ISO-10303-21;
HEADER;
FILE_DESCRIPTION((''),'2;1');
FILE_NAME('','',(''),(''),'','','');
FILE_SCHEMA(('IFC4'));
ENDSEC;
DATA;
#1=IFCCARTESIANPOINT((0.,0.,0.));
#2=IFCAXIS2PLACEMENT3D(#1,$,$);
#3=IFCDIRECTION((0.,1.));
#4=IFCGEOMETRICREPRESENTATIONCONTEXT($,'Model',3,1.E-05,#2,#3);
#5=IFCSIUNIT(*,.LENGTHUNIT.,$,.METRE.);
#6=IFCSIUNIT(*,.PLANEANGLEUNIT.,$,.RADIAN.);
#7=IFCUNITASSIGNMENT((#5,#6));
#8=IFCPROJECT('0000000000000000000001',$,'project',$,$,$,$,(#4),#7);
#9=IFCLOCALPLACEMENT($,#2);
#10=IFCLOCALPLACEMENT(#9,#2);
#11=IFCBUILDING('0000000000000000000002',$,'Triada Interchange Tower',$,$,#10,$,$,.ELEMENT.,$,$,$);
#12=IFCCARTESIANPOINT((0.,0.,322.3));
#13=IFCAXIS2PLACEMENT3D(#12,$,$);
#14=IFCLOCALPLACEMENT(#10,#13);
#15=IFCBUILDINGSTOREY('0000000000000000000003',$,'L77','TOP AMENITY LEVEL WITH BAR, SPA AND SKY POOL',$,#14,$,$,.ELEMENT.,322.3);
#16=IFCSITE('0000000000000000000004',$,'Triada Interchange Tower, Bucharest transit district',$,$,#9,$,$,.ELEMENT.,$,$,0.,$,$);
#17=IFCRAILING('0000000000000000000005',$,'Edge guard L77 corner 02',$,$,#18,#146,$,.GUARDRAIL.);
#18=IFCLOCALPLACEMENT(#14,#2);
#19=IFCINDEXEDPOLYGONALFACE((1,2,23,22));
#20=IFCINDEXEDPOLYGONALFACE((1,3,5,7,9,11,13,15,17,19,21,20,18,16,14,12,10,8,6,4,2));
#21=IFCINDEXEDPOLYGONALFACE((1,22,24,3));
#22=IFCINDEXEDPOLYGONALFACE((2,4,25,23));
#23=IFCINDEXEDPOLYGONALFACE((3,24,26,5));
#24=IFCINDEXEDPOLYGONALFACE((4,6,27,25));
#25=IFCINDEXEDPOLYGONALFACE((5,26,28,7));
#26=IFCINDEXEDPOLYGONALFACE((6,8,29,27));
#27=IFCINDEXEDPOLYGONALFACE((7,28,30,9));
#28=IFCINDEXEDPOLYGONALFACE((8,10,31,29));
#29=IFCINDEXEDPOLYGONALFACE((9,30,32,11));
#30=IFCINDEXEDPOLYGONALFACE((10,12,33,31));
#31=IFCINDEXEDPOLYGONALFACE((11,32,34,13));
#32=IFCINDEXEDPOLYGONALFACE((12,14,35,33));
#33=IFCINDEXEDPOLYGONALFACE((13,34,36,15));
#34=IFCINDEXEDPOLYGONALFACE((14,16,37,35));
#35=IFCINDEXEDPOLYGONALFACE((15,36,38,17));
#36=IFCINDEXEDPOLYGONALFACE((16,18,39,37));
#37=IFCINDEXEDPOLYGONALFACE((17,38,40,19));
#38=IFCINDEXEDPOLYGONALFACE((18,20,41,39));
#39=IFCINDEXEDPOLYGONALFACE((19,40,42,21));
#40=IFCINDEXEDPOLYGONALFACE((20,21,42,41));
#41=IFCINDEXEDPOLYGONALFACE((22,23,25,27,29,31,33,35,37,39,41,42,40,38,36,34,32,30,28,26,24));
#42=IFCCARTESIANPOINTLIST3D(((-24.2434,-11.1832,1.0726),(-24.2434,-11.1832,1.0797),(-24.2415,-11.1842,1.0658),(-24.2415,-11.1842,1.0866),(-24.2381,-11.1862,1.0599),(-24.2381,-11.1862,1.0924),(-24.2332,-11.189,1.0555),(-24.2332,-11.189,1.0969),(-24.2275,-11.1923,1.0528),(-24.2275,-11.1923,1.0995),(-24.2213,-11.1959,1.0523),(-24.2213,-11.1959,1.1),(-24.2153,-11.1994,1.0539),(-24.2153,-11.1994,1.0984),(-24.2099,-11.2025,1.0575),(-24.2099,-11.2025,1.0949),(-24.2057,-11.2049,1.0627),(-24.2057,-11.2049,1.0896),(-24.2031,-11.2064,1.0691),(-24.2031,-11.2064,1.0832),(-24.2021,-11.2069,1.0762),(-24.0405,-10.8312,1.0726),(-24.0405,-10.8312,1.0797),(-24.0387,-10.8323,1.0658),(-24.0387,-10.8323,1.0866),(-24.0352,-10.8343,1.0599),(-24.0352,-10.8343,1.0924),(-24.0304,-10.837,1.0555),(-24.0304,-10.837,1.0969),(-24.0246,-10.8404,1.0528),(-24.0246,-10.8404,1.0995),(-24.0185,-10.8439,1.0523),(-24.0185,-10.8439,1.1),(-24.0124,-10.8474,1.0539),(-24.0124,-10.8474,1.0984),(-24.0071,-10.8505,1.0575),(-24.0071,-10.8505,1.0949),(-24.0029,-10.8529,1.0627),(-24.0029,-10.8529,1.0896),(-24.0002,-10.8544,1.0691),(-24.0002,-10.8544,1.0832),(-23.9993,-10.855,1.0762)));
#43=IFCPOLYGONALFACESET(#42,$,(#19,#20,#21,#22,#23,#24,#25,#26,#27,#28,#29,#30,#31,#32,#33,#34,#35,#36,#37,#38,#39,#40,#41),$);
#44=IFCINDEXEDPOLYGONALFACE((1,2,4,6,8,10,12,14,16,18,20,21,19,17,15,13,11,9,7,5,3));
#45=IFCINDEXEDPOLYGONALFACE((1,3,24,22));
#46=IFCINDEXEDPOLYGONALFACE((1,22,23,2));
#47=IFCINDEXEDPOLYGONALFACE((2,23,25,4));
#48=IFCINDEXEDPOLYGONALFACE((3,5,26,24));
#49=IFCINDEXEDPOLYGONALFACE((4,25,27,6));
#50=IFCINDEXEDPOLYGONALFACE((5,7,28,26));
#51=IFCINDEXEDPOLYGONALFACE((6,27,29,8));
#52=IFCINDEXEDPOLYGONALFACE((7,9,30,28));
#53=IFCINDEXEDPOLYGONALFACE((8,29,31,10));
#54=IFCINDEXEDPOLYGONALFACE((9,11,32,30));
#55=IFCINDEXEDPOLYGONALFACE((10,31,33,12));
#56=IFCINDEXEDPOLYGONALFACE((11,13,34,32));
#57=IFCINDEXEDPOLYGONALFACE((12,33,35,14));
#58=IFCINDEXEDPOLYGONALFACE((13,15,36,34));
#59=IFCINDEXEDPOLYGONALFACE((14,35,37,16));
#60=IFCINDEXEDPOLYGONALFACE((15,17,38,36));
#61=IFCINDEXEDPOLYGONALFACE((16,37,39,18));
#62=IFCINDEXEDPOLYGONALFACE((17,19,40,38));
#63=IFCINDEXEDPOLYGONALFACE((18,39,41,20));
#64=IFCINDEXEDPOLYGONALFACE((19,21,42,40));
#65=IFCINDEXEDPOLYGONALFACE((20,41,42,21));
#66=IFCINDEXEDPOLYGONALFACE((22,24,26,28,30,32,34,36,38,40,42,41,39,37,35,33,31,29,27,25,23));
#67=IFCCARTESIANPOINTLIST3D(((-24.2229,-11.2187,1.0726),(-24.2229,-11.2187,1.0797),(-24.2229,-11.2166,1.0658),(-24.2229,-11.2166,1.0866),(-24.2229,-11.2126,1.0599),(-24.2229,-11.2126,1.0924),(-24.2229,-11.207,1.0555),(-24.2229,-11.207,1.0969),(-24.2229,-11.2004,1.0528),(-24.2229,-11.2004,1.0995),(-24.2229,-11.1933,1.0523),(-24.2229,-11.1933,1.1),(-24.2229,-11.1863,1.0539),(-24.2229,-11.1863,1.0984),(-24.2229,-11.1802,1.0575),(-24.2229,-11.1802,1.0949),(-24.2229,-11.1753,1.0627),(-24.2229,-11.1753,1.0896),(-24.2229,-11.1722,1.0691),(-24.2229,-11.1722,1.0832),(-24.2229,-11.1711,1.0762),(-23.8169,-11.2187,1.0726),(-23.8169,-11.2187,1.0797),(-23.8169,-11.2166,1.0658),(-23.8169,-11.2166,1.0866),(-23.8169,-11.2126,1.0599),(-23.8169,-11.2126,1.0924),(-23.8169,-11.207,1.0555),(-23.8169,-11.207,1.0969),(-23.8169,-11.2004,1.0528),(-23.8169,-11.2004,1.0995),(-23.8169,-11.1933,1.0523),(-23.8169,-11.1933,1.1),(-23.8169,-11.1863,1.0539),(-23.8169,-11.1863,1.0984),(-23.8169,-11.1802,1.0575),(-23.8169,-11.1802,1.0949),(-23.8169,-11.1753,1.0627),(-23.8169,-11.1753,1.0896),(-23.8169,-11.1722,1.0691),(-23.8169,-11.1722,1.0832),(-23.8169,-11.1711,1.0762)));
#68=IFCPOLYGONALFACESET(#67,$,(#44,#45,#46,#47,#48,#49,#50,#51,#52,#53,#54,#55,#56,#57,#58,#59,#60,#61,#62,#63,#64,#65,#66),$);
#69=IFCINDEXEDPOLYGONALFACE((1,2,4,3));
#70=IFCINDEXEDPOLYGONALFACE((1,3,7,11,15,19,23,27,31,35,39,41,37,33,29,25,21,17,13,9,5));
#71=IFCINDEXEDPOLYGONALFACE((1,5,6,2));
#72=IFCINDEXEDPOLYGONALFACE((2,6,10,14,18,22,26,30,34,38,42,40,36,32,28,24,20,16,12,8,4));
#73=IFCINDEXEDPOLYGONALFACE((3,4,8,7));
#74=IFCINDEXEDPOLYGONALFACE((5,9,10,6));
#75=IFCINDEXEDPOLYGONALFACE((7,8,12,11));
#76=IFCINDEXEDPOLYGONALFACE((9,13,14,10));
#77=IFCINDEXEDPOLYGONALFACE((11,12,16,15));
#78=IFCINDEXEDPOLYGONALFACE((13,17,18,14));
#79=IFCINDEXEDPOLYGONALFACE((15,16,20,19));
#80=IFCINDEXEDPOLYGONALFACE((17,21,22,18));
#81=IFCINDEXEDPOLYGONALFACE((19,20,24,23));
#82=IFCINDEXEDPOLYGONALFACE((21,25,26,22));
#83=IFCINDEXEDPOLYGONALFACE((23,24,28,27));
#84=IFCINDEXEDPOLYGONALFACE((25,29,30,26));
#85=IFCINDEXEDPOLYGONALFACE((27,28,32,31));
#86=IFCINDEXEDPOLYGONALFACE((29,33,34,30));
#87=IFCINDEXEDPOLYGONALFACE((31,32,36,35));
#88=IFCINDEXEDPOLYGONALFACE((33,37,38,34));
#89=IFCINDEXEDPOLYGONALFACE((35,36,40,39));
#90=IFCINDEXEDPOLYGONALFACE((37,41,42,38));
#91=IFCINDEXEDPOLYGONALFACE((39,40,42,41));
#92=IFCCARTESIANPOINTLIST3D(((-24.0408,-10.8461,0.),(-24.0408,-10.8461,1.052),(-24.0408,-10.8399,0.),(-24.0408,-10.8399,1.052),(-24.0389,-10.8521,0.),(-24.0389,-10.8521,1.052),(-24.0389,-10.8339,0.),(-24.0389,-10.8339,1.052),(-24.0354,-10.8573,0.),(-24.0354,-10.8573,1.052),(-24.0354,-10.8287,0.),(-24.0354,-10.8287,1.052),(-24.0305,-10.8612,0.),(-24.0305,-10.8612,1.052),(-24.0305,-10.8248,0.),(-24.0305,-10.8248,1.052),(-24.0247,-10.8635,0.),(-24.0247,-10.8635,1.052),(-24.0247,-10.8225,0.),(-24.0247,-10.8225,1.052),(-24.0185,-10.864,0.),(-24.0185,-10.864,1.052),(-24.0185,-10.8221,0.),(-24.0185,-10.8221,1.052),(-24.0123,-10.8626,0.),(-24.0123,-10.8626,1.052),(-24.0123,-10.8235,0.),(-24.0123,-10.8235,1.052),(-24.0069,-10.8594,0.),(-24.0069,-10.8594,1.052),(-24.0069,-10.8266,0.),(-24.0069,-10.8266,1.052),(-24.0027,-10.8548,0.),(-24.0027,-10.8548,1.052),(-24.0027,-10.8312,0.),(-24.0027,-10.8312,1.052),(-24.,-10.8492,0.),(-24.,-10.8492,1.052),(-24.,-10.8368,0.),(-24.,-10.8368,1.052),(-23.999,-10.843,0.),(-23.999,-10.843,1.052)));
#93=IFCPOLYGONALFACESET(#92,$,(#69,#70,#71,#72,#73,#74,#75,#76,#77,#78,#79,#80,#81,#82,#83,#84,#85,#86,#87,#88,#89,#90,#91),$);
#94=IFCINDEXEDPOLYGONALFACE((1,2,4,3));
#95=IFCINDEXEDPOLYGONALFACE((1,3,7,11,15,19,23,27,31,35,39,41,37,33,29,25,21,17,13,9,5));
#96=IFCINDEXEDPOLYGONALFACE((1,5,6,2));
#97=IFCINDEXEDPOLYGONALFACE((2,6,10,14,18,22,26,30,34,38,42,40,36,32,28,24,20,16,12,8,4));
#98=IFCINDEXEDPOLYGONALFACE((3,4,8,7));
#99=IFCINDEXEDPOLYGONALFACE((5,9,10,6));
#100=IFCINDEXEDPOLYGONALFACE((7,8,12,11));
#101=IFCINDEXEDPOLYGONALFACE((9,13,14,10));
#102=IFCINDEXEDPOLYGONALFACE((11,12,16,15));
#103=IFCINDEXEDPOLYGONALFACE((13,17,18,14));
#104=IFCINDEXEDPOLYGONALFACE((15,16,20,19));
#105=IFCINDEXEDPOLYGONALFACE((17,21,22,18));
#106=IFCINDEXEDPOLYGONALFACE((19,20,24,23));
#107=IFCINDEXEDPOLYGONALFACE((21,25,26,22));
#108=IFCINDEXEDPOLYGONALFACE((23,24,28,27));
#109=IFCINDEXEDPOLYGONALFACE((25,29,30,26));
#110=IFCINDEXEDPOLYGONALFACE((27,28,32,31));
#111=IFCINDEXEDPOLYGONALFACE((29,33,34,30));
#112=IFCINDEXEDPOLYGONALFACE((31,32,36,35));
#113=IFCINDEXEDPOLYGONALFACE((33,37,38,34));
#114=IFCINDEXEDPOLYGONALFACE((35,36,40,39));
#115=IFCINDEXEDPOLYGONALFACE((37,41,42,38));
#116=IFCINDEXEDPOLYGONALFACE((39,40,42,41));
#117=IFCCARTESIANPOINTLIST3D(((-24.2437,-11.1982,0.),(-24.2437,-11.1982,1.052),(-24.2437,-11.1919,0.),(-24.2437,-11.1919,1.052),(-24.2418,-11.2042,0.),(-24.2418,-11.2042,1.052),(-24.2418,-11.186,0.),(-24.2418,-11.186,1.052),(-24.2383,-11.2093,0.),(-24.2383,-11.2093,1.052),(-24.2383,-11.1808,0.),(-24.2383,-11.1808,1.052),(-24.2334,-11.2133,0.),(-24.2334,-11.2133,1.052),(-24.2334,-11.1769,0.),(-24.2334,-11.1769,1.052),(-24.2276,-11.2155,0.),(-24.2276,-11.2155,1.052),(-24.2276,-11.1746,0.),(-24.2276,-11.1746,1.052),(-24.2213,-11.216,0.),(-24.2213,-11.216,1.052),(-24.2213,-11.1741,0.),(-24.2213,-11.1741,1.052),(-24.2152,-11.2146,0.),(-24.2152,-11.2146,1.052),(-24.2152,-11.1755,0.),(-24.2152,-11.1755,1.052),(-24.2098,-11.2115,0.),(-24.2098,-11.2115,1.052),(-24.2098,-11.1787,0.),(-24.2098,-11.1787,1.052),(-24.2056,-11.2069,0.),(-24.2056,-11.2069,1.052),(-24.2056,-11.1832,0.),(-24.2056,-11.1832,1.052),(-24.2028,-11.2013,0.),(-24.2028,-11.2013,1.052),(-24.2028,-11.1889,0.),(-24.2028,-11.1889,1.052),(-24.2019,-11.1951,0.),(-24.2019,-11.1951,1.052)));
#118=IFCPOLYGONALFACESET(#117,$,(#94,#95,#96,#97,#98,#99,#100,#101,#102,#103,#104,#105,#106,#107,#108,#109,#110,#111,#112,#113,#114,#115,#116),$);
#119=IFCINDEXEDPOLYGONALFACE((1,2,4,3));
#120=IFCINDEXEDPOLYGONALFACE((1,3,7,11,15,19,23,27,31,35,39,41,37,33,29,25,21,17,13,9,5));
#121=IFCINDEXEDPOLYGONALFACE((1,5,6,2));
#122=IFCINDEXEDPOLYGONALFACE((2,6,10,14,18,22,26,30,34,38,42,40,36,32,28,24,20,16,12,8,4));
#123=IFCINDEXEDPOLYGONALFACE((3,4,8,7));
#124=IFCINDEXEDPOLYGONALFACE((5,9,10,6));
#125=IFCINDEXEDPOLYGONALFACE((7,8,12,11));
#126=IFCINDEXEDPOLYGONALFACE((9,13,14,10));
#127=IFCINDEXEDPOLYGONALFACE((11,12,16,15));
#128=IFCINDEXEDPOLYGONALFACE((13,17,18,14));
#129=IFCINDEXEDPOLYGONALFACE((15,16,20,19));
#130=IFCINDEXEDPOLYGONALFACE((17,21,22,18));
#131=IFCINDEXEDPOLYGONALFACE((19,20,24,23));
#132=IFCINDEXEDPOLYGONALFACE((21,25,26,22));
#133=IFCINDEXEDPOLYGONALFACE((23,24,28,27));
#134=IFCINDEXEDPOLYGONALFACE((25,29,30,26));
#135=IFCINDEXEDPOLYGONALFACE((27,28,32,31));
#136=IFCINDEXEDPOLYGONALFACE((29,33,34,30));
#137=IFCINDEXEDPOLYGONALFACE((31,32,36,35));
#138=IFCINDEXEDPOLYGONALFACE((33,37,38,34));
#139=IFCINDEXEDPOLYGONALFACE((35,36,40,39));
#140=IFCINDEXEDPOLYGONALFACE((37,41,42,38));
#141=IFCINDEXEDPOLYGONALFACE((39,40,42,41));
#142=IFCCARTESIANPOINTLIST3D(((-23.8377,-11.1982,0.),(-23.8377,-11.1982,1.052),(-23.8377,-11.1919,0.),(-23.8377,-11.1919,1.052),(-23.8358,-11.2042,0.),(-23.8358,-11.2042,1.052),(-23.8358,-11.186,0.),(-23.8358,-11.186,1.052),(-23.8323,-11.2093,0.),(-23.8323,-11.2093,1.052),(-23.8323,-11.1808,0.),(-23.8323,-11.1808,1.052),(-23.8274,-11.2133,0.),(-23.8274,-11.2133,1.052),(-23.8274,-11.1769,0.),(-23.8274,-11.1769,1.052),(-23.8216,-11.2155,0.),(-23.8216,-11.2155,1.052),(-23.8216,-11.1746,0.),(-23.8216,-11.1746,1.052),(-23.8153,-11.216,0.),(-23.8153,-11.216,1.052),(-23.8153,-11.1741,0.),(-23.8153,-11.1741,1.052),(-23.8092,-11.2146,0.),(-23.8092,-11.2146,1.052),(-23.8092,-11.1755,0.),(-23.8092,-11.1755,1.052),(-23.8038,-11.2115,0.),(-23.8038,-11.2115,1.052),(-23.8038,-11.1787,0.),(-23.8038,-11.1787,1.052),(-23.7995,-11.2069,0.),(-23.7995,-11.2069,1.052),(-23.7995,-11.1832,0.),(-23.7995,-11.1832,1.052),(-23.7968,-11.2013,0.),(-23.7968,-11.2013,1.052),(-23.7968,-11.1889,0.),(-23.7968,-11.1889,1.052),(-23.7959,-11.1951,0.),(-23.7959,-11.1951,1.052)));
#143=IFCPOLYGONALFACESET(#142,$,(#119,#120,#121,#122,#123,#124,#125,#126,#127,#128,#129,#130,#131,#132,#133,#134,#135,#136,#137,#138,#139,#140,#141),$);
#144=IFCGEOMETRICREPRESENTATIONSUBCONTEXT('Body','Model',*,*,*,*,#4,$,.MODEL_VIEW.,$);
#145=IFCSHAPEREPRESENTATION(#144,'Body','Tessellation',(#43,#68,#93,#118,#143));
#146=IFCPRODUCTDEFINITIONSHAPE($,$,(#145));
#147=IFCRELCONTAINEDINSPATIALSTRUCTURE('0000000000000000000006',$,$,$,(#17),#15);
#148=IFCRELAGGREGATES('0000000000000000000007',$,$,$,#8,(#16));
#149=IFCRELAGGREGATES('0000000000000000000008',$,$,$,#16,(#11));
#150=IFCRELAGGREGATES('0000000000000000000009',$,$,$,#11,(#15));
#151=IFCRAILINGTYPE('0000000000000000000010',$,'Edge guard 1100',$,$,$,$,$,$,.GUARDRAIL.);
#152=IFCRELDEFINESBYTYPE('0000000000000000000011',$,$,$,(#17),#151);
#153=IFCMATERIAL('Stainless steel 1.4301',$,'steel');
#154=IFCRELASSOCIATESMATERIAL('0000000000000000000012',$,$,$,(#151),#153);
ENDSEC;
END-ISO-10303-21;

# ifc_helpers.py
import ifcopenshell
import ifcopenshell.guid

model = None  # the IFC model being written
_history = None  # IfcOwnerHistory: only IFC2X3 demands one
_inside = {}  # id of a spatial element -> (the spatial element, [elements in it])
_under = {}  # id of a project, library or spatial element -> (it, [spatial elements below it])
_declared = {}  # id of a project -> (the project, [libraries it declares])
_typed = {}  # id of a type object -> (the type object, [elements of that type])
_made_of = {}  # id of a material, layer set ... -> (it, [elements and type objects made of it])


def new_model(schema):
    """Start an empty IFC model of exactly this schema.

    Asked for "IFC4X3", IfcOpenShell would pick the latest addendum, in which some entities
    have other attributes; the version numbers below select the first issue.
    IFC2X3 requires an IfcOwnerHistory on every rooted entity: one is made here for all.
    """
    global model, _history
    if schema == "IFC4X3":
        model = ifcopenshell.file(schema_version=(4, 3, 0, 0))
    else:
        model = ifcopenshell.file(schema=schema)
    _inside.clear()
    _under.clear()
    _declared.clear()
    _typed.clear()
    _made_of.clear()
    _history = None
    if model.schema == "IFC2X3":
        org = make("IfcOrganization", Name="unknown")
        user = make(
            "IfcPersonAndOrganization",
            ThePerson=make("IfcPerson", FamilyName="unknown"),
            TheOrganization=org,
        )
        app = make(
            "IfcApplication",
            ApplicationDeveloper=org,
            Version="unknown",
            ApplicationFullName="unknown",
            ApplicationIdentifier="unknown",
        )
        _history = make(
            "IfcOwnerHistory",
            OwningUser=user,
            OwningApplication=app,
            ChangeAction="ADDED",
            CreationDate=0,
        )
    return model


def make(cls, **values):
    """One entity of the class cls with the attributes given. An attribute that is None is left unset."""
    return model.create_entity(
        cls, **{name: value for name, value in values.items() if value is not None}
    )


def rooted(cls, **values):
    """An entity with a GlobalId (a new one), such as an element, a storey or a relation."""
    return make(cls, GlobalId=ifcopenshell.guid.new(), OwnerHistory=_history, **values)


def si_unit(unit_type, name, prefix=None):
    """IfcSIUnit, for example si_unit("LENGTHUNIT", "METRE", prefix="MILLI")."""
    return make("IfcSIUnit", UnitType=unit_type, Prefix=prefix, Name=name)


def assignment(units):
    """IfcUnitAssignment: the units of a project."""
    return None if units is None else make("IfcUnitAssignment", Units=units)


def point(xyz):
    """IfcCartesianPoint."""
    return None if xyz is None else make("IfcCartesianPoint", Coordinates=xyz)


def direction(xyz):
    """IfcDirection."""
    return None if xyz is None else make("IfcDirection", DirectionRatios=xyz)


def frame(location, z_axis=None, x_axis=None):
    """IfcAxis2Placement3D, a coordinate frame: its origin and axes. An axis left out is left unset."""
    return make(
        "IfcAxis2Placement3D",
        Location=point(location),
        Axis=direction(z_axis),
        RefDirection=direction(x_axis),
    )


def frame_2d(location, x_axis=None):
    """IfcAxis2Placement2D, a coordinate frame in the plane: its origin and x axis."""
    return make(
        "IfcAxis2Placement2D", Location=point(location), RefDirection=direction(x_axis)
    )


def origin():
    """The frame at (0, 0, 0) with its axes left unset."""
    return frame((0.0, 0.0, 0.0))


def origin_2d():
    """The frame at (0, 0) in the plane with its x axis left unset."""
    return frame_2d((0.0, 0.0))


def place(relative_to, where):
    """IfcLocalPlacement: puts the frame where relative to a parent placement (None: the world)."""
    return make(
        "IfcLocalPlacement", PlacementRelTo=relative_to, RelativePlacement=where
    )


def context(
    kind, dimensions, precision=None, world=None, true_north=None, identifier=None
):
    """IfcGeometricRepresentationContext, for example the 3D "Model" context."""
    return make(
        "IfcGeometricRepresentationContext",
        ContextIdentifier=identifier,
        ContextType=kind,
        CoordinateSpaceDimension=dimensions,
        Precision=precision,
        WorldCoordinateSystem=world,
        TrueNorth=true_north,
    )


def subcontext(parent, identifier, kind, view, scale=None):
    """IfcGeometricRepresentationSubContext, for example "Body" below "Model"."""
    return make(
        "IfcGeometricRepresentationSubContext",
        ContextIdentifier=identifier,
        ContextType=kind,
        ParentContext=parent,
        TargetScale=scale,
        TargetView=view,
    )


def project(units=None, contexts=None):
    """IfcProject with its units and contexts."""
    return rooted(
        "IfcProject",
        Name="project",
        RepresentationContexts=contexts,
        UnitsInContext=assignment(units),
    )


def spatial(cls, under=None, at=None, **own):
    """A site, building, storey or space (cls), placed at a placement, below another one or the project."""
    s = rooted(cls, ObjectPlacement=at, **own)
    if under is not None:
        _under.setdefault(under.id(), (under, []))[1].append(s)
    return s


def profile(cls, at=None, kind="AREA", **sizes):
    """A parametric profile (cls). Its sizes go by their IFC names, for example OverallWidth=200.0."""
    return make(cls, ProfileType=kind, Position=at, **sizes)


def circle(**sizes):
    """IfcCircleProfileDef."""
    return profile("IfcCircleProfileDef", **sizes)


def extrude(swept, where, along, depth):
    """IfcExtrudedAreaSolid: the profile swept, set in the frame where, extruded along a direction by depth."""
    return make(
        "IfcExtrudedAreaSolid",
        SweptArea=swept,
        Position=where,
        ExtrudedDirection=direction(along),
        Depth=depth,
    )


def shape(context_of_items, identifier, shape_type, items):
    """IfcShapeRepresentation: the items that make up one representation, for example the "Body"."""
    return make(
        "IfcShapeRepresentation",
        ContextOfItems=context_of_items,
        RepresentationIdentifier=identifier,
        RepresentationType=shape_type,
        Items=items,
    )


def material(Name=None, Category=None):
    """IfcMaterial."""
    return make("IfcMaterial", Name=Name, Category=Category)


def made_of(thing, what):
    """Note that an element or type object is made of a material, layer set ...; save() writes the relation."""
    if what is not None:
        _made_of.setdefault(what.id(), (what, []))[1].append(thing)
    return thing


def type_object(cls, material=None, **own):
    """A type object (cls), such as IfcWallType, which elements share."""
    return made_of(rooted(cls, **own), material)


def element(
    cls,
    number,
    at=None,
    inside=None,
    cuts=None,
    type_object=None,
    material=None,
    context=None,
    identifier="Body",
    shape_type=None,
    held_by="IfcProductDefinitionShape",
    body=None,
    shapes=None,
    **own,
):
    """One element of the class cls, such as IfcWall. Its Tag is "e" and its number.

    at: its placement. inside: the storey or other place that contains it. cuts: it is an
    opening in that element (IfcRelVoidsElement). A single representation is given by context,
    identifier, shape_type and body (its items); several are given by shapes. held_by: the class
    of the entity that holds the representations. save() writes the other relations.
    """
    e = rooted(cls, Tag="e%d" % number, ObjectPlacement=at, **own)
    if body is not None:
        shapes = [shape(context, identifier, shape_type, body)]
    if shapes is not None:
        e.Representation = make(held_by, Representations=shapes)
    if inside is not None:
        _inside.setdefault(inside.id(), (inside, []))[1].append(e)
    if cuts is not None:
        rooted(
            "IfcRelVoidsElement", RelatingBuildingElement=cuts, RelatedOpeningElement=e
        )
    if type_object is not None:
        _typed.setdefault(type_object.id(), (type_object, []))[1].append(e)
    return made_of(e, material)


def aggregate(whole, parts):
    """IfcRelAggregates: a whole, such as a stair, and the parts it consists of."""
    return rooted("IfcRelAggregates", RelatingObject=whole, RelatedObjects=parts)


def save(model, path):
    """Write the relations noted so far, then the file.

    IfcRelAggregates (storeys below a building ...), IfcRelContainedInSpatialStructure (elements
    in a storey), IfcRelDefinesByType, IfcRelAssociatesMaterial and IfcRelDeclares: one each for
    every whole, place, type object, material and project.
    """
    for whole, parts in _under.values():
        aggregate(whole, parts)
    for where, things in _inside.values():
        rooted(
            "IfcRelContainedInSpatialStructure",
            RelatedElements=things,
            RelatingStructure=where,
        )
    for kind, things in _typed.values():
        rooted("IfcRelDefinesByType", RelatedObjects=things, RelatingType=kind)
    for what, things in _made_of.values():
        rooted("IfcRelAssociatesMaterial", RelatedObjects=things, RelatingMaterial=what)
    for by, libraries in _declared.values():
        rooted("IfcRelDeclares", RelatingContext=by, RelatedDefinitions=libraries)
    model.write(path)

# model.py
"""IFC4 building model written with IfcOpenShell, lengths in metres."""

from ifc_helpers import new_model, si_unit, direction, frame, origin, origin_2d, place, context, subcontext, project, spatial, circle, extrude, material, type_object, element, save


model = new_model("IFC4")

# Units and contexts
model_context = context("Model", 3, precision=1e-05, world=origin(), true_north=direction((0.0, 1.0)))
body_context = subcontext(model_context, "Body", "Model", "MODEL_VIEW")
ifc_project = project(units=[si_unit("LENGTHUNIT", "METRE"), si_unit("PLANEANGLEUNIT", "RADIAN")], contexts=[model_context])

# Site, building, storey
site_placement = place(None, origin())
site = spatial("IfcSite", under=ifc_project, at=site_placement, Name="Triada Interchange Tower, Bucharest transit district", CompositionType="ELEMENT", RefElevation=0.0)
building_placement = place(site_placement, origin())
building = spatial("IfcBuilding", under=site, at=building_placement, Name="Triada Interchange Tower", CompositionType="ELEMENT")
storey_placement = place(building_placement, frame((0.0, 0.0, 322.3)))
storey = spatial("IfcBuildingStorey", under=building, at=storey_placement, Name="L77", Description="TOP AMENITY LEVEL WITH BAR, SPA AND SKY POOL", CompositionType="ELEMENT", Elevation=322.3)

# Railing
ifc_material_1 = material(Name="Stainless steel 1.4301", Category="steel")
railing_type = type_object("IfcRailingType", Name="Edge guard 1100", PredefinedType="GUARDRAIL", material=ifc_material_1)
railing_1_placement = place(storey_placement, frame((-24.02, -10.843, 0.0)))
element("IfcRailing", 1, at=railing_1_placement, inside=storey, type_object=railing_type, Name="Edge guard L77 corner 02", PredefinedType="GUARDRAIL", context=body_context, shape_type="SweptSolid", body=[
    extrude(circle(Radius=0.0239, at=origin_2d()), frame((0.0, 0.0, 1.0762), z_axis=(-0.499306, -0.866426, 0.0), x_axis=(0.866426, -0.499306, 0.0)), (0.0, 0.0, 1.0), 0.4062),
    extrude(circle(Radius=0.0239, at=origin_2d()), frame((-0.2029, -0.3521, 1.0762), z_axis=(1.0, 0.0, 0.0), x_axis=(0.0, 1.0, 0.0)), (0.0, 0.0, 1.0), 0.406),
    extrude(circle(Radius=0.021, at=origin_2d()), origin(), (0.0, 0.0, 1.0), 1.052),
    extrude(circle(Radius=0.021, at=origin_2d()), frame((-0.2029, -0.3521, 0.0)), (0.0, 0.0, 1.0), 1.052),
    extrude(circle(Radius=0.021, at=origin_2d()), frame((0.2031, -0.3521, 0.0)), (0.0, 0.0, 1.0), 1.052),
])

save(model, "model.ifc")
